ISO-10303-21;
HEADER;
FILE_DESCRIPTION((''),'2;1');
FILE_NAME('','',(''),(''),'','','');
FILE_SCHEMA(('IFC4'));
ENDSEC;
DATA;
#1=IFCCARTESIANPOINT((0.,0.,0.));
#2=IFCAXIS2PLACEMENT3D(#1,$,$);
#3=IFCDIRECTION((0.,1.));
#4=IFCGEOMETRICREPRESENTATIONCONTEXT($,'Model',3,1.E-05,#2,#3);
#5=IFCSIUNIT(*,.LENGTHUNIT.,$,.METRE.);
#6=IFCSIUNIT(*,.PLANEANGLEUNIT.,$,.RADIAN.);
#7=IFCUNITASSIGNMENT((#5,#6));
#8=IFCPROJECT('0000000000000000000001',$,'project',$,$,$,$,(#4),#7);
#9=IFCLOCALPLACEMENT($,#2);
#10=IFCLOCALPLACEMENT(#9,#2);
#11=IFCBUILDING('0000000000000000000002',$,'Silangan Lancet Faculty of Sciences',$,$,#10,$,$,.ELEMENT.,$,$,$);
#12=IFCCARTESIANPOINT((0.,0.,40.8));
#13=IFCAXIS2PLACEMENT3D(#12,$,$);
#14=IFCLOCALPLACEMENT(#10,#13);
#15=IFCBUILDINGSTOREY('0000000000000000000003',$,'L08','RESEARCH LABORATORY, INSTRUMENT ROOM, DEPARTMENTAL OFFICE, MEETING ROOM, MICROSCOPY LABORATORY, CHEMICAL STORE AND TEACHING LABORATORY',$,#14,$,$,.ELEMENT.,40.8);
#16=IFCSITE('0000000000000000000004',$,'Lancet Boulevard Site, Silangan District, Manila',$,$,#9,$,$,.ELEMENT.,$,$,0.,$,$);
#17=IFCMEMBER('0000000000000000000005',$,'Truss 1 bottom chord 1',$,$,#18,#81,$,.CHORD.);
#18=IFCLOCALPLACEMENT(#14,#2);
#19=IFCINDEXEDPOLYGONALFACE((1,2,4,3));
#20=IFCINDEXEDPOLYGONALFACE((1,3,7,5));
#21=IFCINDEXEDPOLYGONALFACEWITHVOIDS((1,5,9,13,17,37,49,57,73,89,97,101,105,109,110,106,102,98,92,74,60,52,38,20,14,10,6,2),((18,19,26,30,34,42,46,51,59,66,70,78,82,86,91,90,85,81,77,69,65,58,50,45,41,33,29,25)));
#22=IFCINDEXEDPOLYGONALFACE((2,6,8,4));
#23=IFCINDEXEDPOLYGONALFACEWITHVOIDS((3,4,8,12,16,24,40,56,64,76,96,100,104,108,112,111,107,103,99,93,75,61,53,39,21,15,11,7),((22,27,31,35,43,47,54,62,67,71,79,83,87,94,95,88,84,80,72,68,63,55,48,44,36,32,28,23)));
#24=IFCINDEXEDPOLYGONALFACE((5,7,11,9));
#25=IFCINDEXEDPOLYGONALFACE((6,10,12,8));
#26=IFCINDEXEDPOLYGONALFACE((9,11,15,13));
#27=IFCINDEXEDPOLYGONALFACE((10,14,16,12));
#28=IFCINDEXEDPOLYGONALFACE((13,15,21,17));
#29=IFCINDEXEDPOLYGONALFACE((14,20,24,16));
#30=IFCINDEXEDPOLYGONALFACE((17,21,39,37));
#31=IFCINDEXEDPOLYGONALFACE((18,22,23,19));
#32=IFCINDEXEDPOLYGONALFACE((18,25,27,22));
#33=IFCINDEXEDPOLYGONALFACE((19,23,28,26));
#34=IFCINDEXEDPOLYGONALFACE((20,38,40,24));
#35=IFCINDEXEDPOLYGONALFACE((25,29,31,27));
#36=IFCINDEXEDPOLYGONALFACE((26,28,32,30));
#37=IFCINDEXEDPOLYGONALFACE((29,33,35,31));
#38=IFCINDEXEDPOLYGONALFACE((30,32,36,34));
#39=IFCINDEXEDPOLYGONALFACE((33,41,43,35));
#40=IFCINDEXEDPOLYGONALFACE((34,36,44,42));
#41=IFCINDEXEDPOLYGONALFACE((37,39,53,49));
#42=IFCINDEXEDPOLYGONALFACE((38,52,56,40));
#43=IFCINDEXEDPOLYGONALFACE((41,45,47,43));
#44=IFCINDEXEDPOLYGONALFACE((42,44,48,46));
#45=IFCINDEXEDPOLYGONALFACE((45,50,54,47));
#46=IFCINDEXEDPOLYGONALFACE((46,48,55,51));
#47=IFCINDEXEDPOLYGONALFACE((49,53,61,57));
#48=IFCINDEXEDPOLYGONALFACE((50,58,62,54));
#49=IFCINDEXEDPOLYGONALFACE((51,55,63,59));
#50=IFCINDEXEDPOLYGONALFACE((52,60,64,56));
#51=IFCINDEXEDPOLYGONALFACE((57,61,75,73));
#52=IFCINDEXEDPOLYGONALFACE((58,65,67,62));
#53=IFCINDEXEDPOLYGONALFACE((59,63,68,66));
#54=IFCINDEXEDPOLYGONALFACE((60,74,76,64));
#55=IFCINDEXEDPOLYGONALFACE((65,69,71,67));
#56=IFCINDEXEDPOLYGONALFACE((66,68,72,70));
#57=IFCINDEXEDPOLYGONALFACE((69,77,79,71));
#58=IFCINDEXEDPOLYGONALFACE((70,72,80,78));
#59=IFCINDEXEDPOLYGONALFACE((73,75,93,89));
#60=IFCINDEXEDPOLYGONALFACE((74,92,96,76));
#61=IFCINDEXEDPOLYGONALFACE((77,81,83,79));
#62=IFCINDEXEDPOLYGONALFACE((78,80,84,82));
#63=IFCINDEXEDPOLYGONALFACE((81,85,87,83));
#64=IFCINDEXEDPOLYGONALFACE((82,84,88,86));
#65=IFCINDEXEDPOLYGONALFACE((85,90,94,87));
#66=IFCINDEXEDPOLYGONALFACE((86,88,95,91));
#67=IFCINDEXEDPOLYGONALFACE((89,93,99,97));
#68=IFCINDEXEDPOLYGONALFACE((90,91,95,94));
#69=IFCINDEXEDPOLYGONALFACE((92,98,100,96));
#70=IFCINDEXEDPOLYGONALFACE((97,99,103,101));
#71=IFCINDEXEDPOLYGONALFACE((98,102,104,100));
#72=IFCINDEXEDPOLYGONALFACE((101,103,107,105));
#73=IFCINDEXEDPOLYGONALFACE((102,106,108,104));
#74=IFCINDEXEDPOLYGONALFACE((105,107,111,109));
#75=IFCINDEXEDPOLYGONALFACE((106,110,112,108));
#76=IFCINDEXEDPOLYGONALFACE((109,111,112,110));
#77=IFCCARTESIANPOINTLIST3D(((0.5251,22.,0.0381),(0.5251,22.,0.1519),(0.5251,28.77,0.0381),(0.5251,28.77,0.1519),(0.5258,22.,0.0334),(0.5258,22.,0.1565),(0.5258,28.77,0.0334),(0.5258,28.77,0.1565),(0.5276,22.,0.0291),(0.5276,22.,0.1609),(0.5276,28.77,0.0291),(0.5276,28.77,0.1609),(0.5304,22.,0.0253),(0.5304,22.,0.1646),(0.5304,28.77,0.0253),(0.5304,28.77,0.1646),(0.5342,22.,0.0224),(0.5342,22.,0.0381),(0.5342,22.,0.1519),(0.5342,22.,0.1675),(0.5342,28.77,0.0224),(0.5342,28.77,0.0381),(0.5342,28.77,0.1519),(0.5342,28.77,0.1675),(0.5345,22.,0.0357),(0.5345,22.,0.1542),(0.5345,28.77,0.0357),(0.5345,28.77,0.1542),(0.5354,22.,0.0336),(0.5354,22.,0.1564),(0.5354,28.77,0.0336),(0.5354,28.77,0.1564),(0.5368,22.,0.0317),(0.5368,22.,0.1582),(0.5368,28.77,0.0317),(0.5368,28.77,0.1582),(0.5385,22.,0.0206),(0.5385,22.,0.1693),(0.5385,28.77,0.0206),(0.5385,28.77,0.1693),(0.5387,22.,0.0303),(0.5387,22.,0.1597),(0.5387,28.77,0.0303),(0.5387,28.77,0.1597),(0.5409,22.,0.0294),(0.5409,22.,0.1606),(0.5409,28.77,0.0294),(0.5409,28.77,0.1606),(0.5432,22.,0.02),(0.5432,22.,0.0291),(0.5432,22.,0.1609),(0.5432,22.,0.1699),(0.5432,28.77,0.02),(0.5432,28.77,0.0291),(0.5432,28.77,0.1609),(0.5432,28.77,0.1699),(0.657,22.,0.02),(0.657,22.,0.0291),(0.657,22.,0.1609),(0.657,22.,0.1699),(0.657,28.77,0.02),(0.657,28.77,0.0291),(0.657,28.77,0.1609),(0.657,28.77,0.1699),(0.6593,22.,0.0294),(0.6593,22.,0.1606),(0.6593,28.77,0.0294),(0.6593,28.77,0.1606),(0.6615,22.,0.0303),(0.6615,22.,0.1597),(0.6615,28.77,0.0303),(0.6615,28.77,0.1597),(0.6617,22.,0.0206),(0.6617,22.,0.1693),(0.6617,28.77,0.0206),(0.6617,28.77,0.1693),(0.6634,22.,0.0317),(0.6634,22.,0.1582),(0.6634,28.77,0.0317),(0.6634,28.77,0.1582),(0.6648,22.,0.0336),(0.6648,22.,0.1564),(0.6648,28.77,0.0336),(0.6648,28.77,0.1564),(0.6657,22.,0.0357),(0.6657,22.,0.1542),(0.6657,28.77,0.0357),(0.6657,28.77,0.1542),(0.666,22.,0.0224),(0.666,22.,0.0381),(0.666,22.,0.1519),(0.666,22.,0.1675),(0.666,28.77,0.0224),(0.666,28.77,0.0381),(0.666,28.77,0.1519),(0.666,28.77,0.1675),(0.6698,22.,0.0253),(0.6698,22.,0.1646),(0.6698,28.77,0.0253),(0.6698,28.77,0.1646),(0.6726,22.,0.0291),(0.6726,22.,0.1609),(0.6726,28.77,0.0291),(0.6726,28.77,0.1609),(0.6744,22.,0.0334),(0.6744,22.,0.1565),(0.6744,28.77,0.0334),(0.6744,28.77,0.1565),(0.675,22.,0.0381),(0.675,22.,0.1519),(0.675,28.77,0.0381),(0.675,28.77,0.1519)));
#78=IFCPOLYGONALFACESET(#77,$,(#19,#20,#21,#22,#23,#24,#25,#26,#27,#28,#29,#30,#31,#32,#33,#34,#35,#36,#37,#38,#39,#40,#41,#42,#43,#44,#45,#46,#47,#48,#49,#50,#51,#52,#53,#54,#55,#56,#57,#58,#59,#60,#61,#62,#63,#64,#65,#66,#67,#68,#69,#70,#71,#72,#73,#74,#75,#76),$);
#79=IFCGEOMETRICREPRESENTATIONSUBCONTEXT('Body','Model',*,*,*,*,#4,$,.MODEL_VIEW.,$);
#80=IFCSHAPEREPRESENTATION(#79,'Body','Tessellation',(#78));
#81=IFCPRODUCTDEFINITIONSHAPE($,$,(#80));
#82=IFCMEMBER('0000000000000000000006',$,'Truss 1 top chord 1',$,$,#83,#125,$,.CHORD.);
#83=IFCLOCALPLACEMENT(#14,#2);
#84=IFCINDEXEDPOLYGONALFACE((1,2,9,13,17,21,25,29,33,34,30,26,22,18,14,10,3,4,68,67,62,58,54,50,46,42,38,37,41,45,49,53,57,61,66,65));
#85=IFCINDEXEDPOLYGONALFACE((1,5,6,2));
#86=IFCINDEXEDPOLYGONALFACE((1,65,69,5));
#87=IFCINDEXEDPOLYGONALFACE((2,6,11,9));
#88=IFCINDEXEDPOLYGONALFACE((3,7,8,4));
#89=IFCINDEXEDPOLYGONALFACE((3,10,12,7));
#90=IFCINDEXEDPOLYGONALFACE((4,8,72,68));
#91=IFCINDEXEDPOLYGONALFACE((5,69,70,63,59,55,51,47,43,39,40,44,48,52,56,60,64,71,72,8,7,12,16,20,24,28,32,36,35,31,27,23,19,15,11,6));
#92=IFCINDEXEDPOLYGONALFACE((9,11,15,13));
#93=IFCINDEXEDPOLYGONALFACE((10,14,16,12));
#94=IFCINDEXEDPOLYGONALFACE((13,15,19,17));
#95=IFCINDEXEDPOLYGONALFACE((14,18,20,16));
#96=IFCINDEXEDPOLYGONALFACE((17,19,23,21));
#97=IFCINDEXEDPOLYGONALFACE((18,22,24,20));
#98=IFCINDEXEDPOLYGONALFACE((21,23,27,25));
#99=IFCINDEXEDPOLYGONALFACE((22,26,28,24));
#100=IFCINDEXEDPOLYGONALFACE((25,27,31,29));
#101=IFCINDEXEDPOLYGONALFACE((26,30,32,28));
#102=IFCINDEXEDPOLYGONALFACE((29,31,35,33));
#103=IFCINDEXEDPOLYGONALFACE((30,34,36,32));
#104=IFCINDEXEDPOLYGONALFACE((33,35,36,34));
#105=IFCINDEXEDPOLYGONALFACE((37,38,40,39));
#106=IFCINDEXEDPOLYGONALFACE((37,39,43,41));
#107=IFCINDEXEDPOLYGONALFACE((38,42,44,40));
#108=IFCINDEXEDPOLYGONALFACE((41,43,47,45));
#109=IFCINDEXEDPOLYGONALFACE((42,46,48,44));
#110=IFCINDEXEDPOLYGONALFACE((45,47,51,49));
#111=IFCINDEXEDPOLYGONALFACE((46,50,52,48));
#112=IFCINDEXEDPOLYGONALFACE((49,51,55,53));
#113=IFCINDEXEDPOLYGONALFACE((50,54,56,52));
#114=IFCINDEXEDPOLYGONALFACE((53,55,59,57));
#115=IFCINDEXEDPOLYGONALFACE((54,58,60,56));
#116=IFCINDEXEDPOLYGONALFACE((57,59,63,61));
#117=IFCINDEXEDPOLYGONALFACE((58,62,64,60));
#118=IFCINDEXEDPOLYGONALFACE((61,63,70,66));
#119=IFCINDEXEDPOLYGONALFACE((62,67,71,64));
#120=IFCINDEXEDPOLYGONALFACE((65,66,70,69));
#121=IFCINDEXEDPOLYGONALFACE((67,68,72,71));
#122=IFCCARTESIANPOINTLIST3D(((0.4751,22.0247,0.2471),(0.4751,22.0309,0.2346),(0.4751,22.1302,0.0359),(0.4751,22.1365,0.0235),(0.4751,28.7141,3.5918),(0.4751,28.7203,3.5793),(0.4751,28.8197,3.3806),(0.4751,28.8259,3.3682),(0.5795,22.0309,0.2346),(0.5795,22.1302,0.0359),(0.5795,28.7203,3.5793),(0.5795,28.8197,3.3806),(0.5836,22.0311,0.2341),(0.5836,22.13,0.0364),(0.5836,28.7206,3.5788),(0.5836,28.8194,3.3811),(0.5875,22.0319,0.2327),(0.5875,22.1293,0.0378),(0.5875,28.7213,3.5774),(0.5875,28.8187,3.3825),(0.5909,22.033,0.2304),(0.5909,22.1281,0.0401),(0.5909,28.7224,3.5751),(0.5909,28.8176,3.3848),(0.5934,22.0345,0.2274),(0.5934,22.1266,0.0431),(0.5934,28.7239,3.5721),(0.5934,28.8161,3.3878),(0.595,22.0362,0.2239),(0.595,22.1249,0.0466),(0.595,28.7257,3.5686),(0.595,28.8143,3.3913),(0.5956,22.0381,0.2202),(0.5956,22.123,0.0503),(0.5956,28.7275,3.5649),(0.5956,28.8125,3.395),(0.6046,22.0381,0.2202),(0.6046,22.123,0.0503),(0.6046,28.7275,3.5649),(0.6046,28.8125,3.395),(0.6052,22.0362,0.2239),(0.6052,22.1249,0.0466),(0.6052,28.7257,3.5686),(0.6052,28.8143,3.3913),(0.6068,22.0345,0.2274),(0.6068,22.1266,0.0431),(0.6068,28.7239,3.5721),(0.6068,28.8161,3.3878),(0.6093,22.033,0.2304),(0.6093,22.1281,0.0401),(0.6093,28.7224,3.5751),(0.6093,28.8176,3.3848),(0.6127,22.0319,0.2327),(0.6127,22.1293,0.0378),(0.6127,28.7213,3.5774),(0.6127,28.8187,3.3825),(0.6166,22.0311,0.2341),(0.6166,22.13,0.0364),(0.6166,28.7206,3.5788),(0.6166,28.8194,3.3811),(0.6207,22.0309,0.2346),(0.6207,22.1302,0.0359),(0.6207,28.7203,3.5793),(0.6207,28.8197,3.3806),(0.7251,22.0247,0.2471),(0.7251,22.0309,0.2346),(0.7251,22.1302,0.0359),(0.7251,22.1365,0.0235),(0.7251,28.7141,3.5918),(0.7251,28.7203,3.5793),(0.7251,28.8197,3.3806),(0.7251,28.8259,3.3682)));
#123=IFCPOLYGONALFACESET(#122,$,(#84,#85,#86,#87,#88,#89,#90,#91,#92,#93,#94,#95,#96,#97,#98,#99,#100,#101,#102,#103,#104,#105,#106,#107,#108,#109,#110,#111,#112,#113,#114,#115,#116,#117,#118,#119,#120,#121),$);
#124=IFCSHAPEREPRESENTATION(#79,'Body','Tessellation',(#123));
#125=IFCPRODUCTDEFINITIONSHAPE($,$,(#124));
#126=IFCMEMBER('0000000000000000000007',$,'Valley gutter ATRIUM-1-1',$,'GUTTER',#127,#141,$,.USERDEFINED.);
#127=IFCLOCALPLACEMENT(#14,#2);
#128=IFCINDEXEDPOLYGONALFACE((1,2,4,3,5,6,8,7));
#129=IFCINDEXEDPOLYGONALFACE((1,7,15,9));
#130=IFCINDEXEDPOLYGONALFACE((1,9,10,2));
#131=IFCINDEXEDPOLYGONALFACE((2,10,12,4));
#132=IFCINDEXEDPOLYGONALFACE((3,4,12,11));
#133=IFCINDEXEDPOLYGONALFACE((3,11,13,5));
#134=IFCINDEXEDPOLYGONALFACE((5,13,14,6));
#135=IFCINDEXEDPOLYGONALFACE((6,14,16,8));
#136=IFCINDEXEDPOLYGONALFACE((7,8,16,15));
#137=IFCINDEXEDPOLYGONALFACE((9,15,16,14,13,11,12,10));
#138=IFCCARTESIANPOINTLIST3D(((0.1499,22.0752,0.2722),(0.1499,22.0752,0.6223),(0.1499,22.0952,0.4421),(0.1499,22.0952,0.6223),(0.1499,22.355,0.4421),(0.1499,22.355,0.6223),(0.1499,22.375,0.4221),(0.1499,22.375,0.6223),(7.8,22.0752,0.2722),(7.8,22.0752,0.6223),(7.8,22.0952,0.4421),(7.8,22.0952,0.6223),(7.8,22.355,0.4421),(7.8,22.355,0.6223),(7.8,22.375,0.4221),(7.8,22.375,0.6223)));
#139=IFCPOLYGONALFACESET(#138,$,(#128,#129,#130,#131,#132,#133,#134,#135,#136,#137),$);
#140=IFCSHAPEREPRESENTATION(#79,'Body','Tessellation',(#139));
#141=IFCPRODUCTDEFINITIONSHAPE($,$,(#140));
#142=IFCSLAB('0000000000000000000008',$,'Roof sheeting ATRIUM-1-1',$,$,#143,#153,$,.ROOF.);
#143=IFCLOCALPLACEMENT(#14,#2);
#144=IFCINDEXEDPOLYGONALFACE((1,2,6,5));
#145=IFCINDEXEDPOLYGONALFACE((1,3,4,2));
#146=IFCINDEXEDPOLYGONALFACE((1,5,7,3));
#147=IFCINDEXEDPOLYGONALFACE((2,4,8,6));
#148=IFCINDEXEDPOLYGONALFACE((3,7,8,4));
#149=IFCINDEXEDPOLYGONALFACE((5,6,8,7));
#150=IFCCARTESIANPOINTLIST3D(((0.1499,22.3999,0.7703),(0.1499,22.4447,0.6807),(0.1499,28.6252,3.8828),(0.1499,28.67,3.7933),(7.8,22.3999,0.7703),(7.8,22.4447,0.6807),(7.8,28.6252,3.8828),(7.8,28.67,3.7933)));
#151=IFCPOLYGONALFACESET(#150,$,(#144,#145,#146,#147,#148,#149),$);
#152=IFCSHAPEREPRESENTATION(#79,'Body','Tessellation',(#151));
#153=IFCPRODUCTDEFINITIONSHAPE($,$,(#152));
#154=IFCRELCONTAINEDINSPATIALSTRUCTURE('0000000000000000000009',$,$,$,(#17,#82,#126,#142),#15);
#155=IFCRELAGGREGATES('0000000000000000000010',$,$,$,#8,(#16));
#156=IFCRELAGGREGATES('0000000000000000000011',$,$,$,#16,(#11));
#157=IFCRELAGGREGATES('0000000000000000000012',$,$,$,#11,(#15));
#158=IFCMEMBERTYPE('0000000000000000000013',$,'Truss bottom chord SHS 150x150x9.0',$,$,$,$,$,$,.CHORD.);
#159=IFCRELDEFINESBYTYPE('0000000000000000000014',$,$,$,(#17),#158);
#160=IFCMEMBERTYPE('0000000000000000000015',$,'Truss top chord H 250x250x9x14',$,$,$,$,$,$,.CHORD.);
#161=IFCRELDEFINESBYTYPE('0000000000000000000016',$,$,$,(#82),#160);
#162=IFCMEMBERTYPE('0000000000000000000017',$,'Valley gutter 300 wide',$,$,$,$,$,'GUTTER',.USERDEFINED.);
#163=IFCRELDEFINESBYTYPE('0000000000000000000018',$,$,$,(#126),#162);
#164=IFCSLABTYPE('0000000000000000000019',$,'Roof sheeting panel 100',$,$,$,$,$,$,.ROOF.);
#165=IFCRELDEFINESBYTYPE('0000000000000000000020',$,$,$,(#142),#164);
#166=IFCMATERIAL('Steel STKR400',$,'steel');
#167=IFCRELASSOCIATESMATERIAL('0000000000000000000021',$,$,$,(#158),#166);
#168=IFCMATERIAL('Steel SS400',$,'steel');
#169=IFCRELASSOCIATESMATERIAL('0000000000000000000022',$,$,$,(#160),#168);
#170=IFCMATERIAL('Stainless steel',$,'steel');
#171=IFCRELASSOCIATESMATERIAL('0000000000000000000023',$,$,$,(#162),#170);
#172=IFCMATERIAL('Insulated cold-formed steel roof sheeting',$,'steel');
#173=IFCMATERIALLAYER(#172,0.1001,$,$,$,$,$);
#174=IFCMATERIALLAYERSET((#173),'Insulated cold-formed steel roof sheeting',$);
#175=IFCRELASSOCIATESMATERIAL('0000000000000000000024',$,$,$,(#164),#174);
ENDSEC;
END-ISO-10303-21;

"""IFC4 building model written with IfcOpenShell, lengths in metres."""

from ifc_helpers import new_model, si_unit, direction, frame, origin, origin_2d, place, context, subcontext, project, spatial, polyline, hollow_rectangle, i_section, outline, extrude, material, layer, layer_set, material_profile, profile_set, type_object, element, save


model = new_model("IFC4")

# Units and contexts
model_context = context("Model", 3, precision=1e-05, world=origin(), true_north=direction((0.0, 1.0)))
body_context = subcontext(model_context, "Body", "Model", "MODEL_VIEW")
ifc_project = project(units=[si_unit("LENGTHUNIT", "METRE"), si_unit("PLANEANGLEUNIT", "RADIAN")], contexts=[model_context])

# Site, building, storey
site_placement = place(None, origin())
site = spatial("IfcSite", under=ifc_project, at=site_placement, Name="Lancet Boulevard Site, Silangan District, Manila", CompositionType="ELEMENT", RefElevation=0.0)
building_placement = place(site_placement, origin())
building = spatial("IfcBuilding", under=site, at=building_placement, Name="Silangan Lancet Faculty of Sciences", CompositionType="ELEMENT")
storey_placement = place(building_placement, frame((0.0, 0.0, 40.8)))
storey = spatial("IfcBuildingStorey", under=building, at=storey_placement, Name="L08", Description="RESEARCH LABORATORY, INSTRUMENT ROOM, DEPARTMENTAL OFFICE, MEETING ROOM, MICROSCOPY LABORATORY, CHEMICAL STORE AND TEACHING LABORATORY", CompositionType="ELEMENT", Elevation=40.8)

# Members
ifc_material_1 = material(Name="Steel STKR400", Category="steel")
ifc_material_profile_1 = material_profile(ifc_material_1, hollow_rectangle(XDim=0.1499, YDim=0.1499, WallThickness=0.009, InnerFilletRadius=0.009, OuterFilletRadius=0.0181, at=origin_2d()), Name="SHS 150x150x9.0")
ifc_profile_set_1 = profile_set([ifc_material_profile_1], Name="Steel STKR400")
member_type_1 = type_object("IfcMemberType", Name="Truss bottom chord SHS 150x150x9.0", PredefinedType="CHORD", material=ifc_profile_set_1)
member_1_placement = place(storey_placement, frame((0.6001, 22.0, 0.095), z_axis=(0.0, 1.0, 0.0), x_axis=(-1.0, 0.0, 0.0)))
element("IfcMember", 1, at=member_1_placement, inside=storey, type_object=member_type_1, Name="Truss 1 bottom chord 1", PredefinedType="CHORD", context=body_context, shape_type="SweptSolid", body=[
    extrude(hollow_rectangle(XDim=0.1499, YDim=0.1499, WallThickness=0.009, InnerFilletRadius=0.009, OuterFilletRadius=0.0181, at=origin_2d()), origin(), (0.0, 0.0, 1.0), 6.77),
])
ifc_material_2 = material(Name="Steel SS400", Category="steel")
ifc_material_profile_2 = material_profile(ifc_material_2, i_section(OverallWidth=0.25, OverallDepth=0.25, WebThickness=0.009, FlangeThickness=0.0139, FilletRadius=0.0161, at=origin_2d()), Name="H 250x250x9x14")
ifc_profile_set_2 = profile_set([ifc_material_profile_2], Name="Steel SS400")
member_type_2 = type_object("IfcMemberType", Name="Truss top chord H 250x250x9x14", PredefinedType="CHORD", material=ifc_profile_set_2)
member_2_placement = place(storey_placement, frame((0.6001, 22.0806, 0.1353), z_axis=(0.0, 0.894427, 0.447214), x_axis=(-1.0, 0.0, 0.0)))
element("IfcMember", 2, at=member_2_placement, inside=storey, type_object=member_type_2, Name="Truss 1 top chord 1", PredefinedType="CHORD", context=body_context, shape_type="SweptSolid", body=[
    extrude(i_section(OverallWidth=0.25, OverallDepth=0.25, WebThickness=0.009, FlangeThickness=0.0139, FilletRadius=0.0161, at=origin_2d()), origin(), (0.0, 0.0, 1.0), 7.479),
])
ifc_material_3 = material(Name="Stainless steel", Category="steel")
ifc_material_profile_3 = material_profile(ifc_material_3, outline(polyline([(-0.1499, 0.0), (0.1499, 0.1499), (0.1499, 0.3501), (0.1299, 0.3501), (0.1299, 0.1699), (-0.1299, 0.1699), (-0.1299, 0.3501), (-0.1499, 0.3501), (-0.1499, 0.0)])), Name="valley gutter")
ifc_profile_set_3 = profile_set([ifc_material_profile_3], Name="Stainless steel")
member_type_3 = type_object("IfcMemberType", Name="Valley gutter 300 wide", ElementType="GUTTER", PredefinedType="USERDEFINED", material=ifc_profile_set_3)
member_3_placement = place(storey_placement, frame((0.1499, 22.2251, 0.2722), z_axis=(1.0, 0.0, 0.0), x_axis=(0.0, 1.0, 0.0)))
element("IfcMember", 3, at=member_3_placement, inside=storey, type_object=member_type_3, Name="Valley gutter ATRIUM-1-1", ObjectType="GUTTER", PredefinedType="USERDEFINED", context=body_context, shape_type="SweptSolid", body=[
    extrude(outline(polyline([(-0.1499, 0.0), (0.1499, 0.1499), (0.1499, 0.3501), (0.1299, 0.3501), (0.1299, 0.1699), (-0.1299, 0.1699), (-0.1299, 0.3501), (-0.1499, 0.3501), (-0.1499, 0.0)])), origin(), (0.0, 0.0, 1.0), 7.6501),
])

# Slab
ifc_material_4 = material(Name="Insulated cold-formed steel roof sheeting", Category="steel")
ifc_layer_1 = layer(ifc_material_4, 0.1001)
ifc_layer_set_1 = layer_set([ifc_layer_1], Name="Insulated cold-formed steel roof sheeting")
slab_type = type_object("IfcSlabType", Name="Roof sheeting panel 100", PredefinedType="ROOF", material=ifc_layer_set_1)
slab_placement = place(storey_placement, frame((0.1499, 22.3999, 0.7703), z_axis=(0.0, -0.4472, 0.894434), x_axis=(1.0, 0.0, 0.0)))
element("IfcSlab", 4, at=slab_placement, inside=storey, type_object=slab_type, Name="Roof sheeting ATRIUM-1-1", PredefinedType="ROOF", context=body_context, shape_type="SweptSolid", body=[
    extrude(outline(polyline([(0.0, 0.0), (7.6501, 0.0), (7.6501, 6.9601), (0.0, 6.9601), (0.0, 0.0)])), origin(), (0.0, 0.0, -1.0), 0.1001),
])

save(model, "model.ifc")
